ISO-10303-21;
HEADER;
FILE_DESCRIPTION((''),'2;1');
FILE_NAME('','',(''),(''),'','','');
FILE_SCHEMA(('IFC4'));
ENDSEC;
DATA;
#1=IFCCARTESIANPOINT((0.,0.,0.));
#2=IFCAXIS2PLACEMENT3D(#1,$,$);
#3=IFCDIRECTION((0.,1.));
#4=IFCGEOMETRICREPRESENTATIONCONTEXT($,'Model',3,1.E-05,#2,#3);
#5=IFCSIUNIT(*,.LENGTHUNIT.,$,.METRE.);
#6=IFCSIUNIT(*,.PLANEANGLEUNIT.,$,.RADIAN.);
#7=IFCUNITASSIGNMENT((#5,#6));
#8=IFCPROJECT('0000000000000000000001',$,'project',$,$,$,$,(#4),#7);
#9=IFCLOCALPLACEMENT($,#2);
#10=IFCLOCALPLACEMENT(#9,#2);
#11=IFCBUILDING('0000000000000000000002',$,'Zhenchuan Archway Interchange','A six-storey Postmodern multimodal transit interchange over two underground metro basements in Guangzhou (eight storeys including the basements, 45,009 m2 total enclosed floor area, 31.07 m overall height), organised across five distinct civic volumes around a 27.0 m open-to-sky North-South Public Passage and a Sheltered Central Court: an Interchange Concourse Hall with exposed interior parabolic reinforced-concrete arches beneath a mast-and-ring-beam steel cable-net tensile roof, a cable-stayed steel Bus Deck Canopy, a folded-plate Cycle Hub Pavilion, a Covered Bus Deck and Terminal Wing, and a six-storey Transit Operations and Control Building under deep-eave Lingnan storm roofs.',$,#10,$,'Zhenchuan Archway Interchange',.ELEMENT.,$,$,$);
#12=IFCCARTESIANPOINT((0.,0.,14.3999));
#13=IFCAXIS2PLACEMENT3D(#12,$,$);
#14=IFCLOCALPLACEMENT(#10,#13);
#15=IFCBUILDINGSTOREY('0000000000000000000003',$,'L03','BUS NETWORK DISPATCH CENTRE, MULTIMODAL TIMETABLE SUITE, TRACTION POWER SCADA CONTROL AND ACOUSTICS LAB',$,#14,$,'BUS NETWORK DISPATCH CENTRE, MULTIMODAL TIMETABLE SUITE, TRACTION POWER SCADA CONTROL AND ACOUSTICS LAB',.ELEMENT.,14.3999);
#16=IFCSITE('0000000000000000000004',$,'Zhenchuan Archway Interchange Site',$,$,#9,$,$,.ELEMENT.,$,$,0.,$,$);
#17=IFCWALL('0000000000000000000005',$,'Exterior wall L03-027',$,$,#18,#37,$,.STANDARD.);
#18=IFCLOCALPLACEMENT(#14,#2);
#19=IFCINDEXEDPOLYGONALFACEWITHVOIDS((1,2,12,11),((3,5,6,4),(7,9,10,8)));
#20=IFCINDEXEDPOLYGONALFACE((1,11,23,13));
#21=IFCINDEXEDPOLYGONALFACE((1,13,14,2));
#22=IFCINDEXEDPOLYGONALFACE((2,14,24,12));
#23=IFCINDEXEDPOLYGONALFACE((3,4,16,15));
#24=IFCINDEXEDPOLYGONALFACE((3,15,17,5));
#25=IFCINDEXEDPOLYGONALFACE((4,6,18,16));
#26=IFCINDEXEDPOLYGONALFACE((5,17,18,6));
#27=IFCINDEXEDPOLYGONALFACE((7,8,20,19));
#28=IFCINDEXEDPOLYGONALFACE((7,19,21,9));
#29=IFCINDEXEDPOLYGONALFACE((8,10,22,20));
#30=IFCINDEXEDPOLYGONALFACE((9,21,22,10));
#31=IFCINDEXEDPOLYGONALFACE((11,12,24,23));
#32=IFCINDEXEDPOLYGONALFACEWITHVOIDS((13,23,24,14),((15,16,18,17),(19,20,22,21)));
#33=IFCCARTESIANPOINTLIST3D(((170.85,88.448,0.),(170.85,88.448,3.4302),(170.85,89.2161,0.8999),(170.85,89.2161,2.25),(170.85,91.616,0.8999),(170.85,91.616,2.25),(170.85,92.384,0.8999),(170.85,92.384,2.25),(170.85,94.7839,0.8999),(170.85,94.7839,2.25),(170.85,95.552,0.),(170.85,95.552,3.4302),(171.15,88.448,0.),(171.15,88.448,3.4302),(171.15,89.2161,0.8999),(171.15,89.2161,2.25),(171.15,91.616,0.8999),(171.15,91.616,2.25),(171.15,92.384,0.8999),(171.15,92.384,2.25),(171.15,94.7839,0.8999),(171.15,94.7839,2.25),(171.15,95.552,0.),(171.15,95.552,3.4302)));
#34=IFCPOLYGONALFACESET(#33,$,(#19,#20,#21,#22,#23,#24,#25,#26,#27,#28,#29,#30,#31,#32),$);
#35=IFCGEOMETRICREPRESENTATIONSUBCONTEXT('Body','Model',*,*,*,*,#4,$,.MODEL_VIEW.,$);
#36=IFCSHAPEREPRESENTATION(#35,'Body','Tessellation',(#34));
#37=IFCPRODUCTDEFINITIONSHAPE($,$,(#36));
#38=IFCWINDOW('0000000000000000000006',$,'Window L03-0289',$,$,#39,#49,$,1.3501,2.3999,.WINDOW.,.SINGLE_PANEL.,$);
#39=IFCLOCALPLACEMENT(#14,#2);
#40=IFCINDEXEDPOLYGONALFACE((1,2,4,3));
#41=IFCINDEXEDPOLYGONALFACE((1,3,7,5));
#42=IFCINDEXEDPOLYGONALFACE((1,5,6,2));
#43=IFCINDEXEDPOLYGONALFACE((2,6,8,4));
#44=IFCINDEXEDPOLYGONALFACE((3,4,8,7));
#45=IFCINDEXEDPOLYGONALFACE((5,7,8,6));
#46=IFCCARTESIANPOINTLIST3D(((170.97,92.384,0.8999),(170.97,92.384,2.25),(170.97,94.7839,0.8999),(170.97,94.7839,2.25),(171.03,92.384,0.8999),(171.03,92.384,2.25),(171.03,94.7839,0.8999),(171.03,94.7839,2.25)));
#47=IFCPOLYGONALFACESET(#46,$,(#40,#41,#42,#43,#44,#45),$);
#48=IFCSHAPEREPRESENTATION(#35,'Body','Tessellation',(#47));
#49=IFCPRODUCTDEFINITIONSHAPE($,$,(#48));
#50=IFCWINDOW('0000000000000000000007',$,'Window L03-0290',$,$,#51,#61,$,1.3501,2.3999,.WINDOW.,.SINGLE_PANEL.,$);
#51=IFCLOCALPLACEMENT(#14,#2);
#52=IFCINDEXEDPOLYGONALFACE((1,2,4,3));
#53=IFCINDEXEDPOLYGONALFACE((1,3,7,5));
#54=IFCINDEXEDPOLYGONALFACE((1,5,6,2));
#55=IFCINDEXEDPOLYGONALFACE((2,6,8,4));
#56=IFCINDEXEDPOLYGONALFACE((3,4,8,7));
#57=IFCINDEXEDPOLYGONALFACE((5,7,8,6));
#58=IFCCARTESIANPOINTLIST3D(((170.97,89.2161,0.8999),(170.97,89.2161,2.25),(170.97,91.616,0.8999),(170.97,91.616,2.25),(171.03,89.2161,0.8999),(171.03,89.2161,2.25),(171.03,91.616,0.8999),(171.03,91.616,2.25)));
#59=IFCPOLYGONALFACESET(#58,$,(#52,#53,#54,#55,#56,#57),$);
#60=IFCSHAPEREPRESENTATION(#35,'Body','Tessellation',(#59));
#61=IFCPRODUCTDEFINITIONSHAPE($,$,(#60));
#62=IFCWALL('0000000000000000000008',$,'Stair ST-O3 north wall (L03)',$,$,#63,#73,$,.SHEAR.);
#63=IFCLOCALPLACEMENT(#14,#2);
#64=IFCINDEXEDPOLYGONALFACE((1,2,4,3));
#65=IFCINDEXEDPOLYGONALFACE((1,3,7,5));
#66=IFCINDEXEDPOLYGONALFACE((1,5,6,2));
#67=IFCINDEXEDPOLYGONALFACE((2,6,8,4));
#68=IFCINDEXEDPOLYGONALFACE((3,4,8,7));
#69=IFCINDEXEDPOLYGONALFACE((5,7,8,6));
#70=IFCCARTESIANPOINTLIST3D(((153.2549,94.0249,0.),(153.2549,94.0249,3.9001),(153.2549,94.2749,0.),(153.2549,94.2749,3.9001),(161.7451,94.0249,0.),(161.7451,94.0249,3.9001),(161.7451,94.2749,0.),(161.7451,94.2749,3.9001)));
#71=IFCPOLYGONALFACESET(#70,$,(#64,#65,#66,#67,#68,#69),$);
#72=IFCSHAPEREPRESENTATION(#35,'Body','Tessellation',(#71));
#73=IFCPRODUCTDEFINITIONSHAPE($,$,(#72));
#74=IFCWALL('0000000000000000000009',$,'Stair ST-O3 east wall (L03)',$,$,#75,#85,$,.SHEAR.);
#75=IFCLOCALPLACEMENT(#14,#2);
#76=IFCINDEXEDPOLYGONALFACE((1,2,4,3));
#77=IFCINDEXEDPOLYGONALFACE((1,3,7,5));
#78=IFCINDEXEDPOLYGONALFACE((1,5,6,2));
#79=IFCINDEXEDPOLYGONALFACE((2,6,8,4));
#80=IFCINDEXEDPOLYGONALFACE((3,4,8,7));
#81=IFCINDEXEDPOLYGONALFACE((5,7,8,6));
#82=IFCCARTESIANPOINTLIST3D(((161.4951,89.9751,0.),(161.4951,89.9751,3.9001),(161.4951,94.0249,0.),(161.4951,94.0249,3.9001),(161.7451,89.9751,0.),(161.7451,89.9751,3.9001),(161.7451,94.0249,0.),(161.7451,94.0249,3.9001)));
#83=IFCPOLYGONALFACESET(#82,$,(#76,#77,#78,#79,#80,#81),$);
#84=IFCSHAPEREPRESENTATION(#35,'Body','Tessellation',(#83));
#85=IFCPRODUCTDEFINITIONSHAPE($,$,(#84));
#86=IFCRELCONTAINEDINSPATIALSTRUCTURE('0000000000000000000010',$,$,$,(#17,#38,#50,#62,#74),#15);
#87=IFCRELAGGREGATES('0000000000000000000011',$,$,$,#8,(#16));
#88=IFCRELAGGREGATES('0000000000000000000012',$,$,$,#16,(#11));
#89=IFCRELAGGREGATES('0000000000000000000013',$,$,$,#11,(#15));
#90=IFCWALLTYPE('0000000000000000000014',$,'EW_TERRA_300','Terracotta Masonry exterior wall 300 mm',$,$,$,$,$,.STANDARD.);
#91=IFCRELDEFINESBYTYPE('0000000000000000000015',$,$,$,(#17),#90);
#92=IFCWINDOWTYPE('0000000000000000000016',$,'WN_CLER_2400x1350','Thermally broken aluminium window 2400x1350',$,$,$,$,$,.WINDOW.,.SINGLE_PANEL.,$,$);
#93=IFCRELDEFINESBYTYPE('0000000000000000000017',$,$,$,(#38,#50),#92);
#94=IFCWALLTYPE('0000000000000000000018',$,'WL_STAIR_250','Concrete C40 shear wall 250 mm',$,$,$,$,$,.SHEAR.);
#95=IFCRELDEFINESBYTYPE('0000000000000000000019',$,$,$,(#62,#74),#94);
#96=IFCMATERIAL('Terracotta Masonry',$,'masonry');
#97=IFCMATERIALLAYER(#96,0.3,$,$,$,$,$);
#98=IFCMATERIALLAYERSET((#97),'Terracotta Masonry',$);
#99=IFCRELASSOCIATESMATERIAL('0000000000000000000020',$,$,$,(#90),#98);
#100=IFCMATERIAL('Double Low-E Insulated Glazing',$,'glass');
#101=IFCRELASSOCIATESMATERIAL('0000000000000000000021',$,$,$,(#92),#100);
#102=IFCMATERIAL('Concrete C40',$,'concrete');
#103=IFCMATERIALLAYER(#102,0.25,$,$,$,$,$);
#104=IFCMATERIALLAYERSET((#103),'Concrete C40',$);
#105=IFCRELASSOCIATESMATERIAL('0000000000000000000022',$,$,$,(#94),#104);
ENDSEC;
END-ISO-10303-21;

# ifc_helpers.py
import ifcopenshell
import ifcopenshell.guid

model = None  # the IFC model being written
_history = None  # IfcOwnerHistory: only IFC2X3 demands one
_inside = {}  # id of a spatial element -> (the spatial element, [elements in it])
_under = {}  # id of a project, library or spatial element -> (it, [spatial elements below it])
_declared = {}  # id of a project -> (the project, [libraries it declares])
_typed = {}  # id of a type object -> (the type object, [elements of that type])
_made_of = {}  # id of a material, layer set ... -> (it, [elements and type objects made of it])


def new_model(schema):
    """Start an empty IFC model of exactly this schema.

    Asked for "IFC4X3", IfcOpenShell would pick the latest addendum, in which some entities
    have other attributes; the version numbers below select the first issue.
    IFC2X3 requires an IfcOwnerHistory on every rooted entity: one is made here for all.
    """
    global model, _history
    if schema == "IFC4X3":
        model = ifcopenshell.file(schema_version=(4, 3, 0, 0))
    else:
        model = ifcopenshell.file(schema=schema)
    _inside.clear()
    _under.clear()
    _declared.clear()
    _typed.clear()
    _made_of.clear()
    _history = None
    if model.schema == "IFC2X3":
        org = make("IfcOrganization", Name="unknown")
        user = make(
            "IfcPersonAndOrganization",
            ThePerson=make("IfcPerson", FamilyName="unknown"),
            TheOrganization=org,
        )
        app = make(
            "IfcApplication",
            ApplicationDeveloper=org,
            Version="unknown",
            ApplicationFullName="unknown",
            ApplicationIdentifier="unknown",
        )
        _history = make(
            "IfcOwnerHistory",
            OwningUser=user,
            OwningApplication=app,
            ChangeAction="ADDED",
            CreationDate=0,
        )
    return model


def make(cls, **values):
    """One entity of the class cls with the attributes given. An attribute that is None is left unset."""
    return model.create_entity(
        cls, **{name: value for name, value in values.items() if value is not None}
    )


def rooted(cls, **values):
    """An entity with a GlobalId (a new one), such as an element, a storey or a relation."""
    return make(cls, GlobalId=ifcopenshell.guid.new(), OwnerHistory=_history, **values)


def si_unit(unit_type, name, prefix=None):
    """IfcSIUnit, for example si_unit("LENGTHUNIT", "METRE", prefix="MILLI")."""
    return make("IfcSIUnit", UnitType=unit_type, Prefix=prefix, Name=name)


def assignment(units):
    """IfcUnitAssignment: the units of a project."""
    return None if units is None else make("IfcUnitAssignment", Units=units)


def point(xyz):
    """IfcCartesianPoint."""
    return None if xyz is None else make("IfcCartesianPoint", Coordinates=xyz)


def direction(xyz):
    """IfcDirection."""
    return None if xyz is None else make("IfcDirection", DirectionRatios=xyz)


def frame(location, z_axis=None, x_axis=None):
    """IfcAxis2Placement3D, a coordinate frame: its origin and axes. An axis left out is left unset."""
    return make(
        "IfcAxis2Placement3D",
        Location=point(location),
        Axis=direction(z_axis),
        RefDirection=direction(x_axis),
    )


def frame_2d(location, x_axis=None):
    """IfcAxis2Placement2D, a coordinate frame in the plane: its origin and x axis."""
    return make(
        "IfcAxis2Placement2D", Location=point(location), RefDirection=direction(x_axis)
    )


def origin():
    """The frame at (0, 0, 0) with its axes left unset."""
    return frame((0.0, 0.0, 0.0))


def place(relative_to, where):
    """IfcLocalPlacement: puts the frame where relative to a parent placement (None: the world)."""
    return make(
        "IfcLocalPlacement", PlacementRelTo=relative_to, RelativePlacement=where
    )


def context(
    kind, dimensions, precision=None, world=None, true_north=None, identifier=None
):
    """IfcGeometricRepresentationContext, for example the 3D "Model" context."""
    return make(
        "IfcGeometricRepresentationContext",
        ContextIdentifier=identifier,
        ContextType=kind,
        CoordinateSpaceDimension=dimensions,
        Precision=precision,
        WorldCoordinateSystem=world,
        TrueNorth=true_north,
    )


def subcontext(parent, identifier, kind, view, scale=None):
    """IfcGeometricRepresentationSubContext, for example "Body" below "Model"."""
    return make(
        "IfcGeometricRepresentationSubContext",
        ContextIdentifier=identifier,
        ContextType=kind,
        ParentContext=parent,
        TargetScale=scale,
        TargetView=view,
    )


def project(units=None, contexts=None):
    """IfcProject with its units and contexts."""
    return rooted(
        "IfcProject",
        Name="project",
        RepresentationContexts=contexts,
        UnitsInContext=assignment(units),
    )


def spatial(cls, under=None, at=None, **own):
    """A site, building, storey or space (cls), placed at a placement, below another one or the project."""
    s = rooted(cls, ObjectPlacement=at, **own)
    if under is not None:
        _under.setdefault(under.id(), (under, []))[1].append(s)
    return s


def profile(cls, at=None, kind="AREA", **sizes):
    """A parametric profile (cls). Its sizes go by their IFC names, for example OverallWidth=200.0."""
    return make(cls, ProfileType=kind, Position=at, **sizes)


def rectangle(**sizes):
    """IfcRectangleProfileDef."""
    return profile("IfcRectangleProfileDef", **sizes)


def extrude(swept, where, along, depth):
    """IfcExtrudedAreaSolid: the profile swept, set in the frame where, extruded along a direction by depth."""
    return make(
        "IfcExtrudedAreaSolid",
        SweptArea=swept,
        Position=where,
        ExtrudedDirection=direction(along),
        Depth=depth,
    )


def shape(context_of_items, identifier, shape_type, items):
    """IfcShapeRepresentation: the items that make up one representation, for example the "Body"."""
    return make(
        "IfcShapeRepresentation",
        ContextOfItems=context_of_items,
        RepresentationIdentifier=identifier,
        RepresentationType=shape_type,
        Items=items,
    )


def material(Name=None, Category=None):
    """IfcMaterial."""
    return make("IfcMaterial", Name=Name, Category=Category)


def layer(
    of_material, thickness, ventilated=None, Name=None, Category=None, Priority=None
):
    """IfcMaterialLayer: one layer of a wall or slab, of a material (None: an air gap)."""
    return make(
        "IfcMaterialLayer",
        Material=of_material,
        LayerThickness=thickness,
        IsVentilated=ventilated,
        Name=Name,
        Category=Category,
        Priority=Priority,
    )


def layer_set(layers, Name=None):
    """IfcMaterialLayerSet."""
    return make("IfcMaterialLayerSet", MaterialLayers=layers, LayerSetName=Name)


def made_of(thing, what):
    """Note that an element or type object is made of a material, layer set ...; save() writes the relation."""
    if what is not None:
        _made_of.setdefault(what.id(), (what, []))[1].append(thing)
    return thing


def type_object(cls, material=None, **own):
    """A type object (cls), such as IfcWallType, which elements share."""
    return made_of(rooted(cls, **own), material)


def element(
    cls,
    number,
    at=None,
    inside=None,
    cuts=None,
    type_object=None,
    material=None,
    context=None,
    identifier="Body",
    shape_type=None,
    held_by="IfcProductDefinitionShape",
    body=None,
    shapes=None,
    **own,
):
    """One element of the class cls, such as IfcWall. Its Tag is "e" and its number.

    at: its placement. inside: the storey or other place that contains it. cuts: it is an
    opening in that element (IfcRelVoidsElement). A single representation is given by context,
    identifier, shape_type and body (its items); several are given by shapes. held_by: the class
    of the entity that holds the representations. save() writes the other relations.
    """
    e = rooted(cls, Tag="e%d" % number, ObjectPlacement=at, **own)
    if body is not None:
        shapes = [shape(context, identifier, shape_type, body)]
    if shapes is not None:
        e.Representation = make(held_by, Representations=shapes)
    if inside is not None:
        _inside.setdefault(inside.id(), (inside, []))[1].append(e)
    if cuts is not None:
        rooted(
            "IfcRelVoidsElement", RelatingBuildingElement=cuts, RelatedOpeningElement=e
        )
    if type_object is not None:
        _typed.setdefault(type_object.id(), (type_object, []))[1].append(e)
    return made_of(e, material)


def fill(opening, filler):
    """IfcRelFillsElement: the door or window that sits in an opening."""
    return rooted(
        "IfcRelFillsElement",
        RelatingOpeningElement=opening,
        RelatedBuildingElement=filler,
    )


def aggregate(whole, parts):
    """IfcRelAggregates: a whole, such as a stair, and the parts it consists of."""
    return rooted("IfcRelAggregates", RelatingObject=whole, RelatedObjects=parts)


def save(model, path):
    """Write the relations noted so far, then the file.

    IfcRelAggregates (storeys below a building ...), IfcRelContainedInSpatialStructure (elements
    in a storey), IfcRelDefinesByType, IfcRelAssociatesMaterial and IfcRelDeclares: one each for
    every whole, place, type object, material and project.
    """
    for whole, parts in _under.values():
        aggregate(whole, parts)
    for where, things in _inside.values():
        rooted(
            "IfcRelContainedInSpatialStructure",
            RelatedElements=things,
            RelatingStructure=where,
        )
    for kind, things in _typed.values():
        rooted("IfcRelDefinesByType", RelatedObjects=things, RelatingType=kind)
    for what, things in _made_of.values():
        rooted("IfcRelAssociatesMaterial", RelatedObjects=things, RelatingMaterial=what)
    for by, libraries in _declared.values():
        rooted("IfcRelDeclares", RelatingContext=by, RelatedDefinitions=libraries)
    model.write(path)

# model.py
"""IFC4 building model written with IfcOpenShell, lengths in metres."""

from ifc_helpers import new_model, si_unit, direction, frame, frame_2d, origin, place, context, subcontext, project, spatial, rectangle, extrude, material, layer, layer_set, type_object, element, fill, save


model = new_model("IFC4")

# Units and contexts
model_context = context("Model", 3, precision=1e-05, world=origin(), true_north=direction((0.0, 1.0)))
body_context = subcontext(model_context, "Body", "Model", "MODEL_VIEW")
ifc_project = project(units=[si_unit("LENGTHUNIT", "METRE"), si_unit("PLANEANGLEUNIT", "RADIAN")], contexts=[model_context])

# Site, building, storey
site_placement = place(None, origin())
site = spatial("IfcSite", under=ifc_project, at=site_placement, Name="Zhenchuan Archway Interchange Site", CompositionType="ELEMENT", RefElevation=0.0)
building_placement = place(site_placement, origin())
building = spatial("IfcBuilding", under=site, at=building_placement, Name="Zhenchuan Archway Interchange", Description="A six-storey Postmodern multimodal transit interchange over two underground metro basements in Guangzhou (eight storeys including the basements, 45,009 m2 total enclosed floor area, 31.07 m overall height), organised across five distinct civic volumes around a 27.0 m open-to-sky North-South Public Passage and a Sheltered Central Court: an Interchange Concourse Hall with exposed interior parabolic reinforced-concrete arches beneath a mast-and-ring-beam steel cable-net tensile roof, a cable-stayed steel Bus Deck Canopy, a folded-plate Cycle Hub Pavilion, a Covered Bus Deck and Terminal Wing, and a six-storey Transit Operations and Control Building under deep-eave Lingnan storm roofs.", LongName="Zhenchuan Archway Interchange", CompositionType="ELEMENT")
storey_placement = place(building_placement, frame((0.0, 0.0, 14.3999)))
storey = spatial("IfcBuildingStorey", under=building, at=storey_placement, Name="L03", Description="BUS NETWORK DISPATCH CENTRE, MULTIMODAL TIMETABLE SUITE, TRACTION POWER SCADA CONTROL AND ACOUSTICS LAB", LongName="BUS NETWORK DISPATCH CENTRE, MULTIMODAL TIMETABLE SUITE, TRACTION POWER SCADA CONTROL AND ACOUSTICS LAB", CompositionType="ELEMENT", Elevation=14.3999)

# Shared definitions
ifc_material_1 = material(Name="Concrete C40", Category="concrete")

# Shared definitions
ifc_material_2 = material(Name="Double Low-E Insulated Glazing", Category="glass")

# Wall, openings, windows
ifc_material_3 = material(Name="Terracotta Masonry", Category="masonry")
ifc_layer_1 = layer(ifc_material_3, 0.3)
ifc_layer_set_1 = layer_set([ifc_layer_1], Name="Terracotta Masonry")
wall_type_1 = type_object("IfcWallType", Name="EW_TERRA_300", Description="Terracotta Masonry exterior wall 300 mm", PredefinedType="STANDARD", material=ifc_layer_set_1)
wall_1_placement = place(storey_placement, frame((171.0, 95.552, 0.0), z_axis=(0.0, 0.0, 1.0), x_axis=(0.0, -1.0, 0.0)))
wall_1 = element("IfcWall", 1, at=wall_1_placement, inside=storey, type_object=wall_type_1, Name="Exterior wall L03-027", PredefinedType="STANDARD", context=body_context, shape_type="SweptSolid", body=[
    extrude(rectangle(XDim=7.104, YDim=0.3, at=frame_2d((3.552, 0.0))), origin(), (0.0, 0.0, 1.0), 3.4302),
])
opening_1_placement = place(wall_1_placement, frame((0.7681, 0.0, 0.8999)))
opening_1 = element("IfcOpeningElement", 2, at=opening_1_placement, cuts=wall_1, PredefinedType="OPENING", context=body_context, shape_type="SweptSolid", body=[
    extrude(rectangle(XDim=2.3999, YDim=1.3501, at=frame_2d((1.2, 0.675))), frame((0.0, 0.1621, 0.0), z_axis=(0.0, -1.0, 0.0), x_axis=(1.0, 0.0, 0.0)), (0.0, 0.0, 1.0), 0.324),
])
opening_2_placement = place(wall_1_placement, frame((3.936, 0.0, 0.8999)))
opening_2 = element("IfcOpeningElement", 3, at=opening_2_placement, cuts=wall_1, PredefinedType="OPENING", context=body_context, shape_type="SweptSolid", body=[
    extrude(rectangle(XDim=2.3999, YDim=1.3501, at=frame_2d((1.2, 0.675))), frame((0.0, 0.1621, 0.0), z_axis=(0.0, -1.0, 0.0), x_axis=(1.0, 0.0, 0.0)), (0.0, 0.0, 1.0), 0.324),
])
window_type = type_object("IfcWindowType", Name="WN_CLER_2400x1350", Description="Thermally broken aluminium window 2400x1350", PartitioningType="SINGLE_PANEL", PredefinedType="WINDOW", material=ifc_material_2)
window_1_placement = place(opening_1_placement, origin())
window_1 = element("IfcWindow", 4, at=window_1_placement, inside=storey, type_object=window_type, Name="Window L03-0289", OverallHeight=1.3501, OverallWidth=2.3999, PartitioningType="SINGLE_PANEL", PredefinedType="WINDOW", context=body_context, shape_type="SweptSolid", body=[
    extrude(rectangle(XDim=2.3999, YDim=1.3501, at=frame_2d((1.2, 0.675))), frame((0.0, 0.03, 0.0), z_axis=(0.0, -1.0, 0.0), x_axis=(1.0, 0.0, 0.0)), (0.0, 0.0, 1.0), 0.0601),
])
fill(opening_1, window_1)
window_2_placement = place(opening_2_placement, origin())
window_2 = element("IfcWindow", 5, at=window_2_placement, inside=storey, type_object=window_type, Name="Window L03-0290", OverallHeight=1.3501, OverallWidth=2.3999, PartitioningType="SINGLE_PANEL", PredefinedType="WINDOW", context=body_context, shape_type="SweptSolid", body=[
    extrude(rectangle(XDim=2.3999, YDim=1.3501, at=frame_2d((1.2, 0.675))), frame((0.0, 0.03, 0.0), z_axis=(0.0, -1.0, 0.0), x_axis=(1.0, 0.0, 0.0)), (0.0, 0.0, 1.0), 0.0601),
])
fill(opening_2, window_2)

# Walls
ifc_layer_2 = layer(ifc_material_1, 0.25)
ifc_layer_set_2 = layer_set([ifc_layer_2], Name="Concrete C40")
wall_type_2 = type_object("IfcWallType", Name="WL_STAIR_250", Description="Concrete C40 shear wall 250 mm", PredefinedType="SHEAR", material=ifc_layer_set_2)
wall_2_placement = place(storey_placement, frame((161.7451, 94.1499, 0.0), z_axis=(0.0, 0.0, 1.0), x_axis=(-1.0, 0.0, 0.0)))
element("IfcWall", 6, at=wall_2_placement, inside=storey, type_object=wall_type_2, Name="Stair ST-O3 north wall (L03)", PredefinedType="SHEAR", context=body_context, shape_type="SweptSolid", body=[
    extrude(rectangle(XDim=8.4902, YDim=0.25, at=frame_2d((4.2451, 0.0))), origin(), (0.0, 0.0, 1.0), 3.9001),
])
wall_3_placement = place(storey_placement, frame((161.6201, 89.9751, 0.0), z_axis=(0.0, 0.0, 1.0), x_axis=(0.0, 1.0, 0.0)))
element("IfcWall", 7, at=wall_3_placement, inside=storey, type_object=wall_type_2, Name="Stair ST-O3 east wall (L03)", PredefinedType="SHEAR", context=body_context, shape_type="SweptSolid", body=[
    extrude(rectangle(XDim=4.0498, YDim=0.25, at=frame_2d((2.0249, 0.0))), origin(), (0.0, 0.0, 1.0), 3.9001),
])

save(model, "model.ifc")
